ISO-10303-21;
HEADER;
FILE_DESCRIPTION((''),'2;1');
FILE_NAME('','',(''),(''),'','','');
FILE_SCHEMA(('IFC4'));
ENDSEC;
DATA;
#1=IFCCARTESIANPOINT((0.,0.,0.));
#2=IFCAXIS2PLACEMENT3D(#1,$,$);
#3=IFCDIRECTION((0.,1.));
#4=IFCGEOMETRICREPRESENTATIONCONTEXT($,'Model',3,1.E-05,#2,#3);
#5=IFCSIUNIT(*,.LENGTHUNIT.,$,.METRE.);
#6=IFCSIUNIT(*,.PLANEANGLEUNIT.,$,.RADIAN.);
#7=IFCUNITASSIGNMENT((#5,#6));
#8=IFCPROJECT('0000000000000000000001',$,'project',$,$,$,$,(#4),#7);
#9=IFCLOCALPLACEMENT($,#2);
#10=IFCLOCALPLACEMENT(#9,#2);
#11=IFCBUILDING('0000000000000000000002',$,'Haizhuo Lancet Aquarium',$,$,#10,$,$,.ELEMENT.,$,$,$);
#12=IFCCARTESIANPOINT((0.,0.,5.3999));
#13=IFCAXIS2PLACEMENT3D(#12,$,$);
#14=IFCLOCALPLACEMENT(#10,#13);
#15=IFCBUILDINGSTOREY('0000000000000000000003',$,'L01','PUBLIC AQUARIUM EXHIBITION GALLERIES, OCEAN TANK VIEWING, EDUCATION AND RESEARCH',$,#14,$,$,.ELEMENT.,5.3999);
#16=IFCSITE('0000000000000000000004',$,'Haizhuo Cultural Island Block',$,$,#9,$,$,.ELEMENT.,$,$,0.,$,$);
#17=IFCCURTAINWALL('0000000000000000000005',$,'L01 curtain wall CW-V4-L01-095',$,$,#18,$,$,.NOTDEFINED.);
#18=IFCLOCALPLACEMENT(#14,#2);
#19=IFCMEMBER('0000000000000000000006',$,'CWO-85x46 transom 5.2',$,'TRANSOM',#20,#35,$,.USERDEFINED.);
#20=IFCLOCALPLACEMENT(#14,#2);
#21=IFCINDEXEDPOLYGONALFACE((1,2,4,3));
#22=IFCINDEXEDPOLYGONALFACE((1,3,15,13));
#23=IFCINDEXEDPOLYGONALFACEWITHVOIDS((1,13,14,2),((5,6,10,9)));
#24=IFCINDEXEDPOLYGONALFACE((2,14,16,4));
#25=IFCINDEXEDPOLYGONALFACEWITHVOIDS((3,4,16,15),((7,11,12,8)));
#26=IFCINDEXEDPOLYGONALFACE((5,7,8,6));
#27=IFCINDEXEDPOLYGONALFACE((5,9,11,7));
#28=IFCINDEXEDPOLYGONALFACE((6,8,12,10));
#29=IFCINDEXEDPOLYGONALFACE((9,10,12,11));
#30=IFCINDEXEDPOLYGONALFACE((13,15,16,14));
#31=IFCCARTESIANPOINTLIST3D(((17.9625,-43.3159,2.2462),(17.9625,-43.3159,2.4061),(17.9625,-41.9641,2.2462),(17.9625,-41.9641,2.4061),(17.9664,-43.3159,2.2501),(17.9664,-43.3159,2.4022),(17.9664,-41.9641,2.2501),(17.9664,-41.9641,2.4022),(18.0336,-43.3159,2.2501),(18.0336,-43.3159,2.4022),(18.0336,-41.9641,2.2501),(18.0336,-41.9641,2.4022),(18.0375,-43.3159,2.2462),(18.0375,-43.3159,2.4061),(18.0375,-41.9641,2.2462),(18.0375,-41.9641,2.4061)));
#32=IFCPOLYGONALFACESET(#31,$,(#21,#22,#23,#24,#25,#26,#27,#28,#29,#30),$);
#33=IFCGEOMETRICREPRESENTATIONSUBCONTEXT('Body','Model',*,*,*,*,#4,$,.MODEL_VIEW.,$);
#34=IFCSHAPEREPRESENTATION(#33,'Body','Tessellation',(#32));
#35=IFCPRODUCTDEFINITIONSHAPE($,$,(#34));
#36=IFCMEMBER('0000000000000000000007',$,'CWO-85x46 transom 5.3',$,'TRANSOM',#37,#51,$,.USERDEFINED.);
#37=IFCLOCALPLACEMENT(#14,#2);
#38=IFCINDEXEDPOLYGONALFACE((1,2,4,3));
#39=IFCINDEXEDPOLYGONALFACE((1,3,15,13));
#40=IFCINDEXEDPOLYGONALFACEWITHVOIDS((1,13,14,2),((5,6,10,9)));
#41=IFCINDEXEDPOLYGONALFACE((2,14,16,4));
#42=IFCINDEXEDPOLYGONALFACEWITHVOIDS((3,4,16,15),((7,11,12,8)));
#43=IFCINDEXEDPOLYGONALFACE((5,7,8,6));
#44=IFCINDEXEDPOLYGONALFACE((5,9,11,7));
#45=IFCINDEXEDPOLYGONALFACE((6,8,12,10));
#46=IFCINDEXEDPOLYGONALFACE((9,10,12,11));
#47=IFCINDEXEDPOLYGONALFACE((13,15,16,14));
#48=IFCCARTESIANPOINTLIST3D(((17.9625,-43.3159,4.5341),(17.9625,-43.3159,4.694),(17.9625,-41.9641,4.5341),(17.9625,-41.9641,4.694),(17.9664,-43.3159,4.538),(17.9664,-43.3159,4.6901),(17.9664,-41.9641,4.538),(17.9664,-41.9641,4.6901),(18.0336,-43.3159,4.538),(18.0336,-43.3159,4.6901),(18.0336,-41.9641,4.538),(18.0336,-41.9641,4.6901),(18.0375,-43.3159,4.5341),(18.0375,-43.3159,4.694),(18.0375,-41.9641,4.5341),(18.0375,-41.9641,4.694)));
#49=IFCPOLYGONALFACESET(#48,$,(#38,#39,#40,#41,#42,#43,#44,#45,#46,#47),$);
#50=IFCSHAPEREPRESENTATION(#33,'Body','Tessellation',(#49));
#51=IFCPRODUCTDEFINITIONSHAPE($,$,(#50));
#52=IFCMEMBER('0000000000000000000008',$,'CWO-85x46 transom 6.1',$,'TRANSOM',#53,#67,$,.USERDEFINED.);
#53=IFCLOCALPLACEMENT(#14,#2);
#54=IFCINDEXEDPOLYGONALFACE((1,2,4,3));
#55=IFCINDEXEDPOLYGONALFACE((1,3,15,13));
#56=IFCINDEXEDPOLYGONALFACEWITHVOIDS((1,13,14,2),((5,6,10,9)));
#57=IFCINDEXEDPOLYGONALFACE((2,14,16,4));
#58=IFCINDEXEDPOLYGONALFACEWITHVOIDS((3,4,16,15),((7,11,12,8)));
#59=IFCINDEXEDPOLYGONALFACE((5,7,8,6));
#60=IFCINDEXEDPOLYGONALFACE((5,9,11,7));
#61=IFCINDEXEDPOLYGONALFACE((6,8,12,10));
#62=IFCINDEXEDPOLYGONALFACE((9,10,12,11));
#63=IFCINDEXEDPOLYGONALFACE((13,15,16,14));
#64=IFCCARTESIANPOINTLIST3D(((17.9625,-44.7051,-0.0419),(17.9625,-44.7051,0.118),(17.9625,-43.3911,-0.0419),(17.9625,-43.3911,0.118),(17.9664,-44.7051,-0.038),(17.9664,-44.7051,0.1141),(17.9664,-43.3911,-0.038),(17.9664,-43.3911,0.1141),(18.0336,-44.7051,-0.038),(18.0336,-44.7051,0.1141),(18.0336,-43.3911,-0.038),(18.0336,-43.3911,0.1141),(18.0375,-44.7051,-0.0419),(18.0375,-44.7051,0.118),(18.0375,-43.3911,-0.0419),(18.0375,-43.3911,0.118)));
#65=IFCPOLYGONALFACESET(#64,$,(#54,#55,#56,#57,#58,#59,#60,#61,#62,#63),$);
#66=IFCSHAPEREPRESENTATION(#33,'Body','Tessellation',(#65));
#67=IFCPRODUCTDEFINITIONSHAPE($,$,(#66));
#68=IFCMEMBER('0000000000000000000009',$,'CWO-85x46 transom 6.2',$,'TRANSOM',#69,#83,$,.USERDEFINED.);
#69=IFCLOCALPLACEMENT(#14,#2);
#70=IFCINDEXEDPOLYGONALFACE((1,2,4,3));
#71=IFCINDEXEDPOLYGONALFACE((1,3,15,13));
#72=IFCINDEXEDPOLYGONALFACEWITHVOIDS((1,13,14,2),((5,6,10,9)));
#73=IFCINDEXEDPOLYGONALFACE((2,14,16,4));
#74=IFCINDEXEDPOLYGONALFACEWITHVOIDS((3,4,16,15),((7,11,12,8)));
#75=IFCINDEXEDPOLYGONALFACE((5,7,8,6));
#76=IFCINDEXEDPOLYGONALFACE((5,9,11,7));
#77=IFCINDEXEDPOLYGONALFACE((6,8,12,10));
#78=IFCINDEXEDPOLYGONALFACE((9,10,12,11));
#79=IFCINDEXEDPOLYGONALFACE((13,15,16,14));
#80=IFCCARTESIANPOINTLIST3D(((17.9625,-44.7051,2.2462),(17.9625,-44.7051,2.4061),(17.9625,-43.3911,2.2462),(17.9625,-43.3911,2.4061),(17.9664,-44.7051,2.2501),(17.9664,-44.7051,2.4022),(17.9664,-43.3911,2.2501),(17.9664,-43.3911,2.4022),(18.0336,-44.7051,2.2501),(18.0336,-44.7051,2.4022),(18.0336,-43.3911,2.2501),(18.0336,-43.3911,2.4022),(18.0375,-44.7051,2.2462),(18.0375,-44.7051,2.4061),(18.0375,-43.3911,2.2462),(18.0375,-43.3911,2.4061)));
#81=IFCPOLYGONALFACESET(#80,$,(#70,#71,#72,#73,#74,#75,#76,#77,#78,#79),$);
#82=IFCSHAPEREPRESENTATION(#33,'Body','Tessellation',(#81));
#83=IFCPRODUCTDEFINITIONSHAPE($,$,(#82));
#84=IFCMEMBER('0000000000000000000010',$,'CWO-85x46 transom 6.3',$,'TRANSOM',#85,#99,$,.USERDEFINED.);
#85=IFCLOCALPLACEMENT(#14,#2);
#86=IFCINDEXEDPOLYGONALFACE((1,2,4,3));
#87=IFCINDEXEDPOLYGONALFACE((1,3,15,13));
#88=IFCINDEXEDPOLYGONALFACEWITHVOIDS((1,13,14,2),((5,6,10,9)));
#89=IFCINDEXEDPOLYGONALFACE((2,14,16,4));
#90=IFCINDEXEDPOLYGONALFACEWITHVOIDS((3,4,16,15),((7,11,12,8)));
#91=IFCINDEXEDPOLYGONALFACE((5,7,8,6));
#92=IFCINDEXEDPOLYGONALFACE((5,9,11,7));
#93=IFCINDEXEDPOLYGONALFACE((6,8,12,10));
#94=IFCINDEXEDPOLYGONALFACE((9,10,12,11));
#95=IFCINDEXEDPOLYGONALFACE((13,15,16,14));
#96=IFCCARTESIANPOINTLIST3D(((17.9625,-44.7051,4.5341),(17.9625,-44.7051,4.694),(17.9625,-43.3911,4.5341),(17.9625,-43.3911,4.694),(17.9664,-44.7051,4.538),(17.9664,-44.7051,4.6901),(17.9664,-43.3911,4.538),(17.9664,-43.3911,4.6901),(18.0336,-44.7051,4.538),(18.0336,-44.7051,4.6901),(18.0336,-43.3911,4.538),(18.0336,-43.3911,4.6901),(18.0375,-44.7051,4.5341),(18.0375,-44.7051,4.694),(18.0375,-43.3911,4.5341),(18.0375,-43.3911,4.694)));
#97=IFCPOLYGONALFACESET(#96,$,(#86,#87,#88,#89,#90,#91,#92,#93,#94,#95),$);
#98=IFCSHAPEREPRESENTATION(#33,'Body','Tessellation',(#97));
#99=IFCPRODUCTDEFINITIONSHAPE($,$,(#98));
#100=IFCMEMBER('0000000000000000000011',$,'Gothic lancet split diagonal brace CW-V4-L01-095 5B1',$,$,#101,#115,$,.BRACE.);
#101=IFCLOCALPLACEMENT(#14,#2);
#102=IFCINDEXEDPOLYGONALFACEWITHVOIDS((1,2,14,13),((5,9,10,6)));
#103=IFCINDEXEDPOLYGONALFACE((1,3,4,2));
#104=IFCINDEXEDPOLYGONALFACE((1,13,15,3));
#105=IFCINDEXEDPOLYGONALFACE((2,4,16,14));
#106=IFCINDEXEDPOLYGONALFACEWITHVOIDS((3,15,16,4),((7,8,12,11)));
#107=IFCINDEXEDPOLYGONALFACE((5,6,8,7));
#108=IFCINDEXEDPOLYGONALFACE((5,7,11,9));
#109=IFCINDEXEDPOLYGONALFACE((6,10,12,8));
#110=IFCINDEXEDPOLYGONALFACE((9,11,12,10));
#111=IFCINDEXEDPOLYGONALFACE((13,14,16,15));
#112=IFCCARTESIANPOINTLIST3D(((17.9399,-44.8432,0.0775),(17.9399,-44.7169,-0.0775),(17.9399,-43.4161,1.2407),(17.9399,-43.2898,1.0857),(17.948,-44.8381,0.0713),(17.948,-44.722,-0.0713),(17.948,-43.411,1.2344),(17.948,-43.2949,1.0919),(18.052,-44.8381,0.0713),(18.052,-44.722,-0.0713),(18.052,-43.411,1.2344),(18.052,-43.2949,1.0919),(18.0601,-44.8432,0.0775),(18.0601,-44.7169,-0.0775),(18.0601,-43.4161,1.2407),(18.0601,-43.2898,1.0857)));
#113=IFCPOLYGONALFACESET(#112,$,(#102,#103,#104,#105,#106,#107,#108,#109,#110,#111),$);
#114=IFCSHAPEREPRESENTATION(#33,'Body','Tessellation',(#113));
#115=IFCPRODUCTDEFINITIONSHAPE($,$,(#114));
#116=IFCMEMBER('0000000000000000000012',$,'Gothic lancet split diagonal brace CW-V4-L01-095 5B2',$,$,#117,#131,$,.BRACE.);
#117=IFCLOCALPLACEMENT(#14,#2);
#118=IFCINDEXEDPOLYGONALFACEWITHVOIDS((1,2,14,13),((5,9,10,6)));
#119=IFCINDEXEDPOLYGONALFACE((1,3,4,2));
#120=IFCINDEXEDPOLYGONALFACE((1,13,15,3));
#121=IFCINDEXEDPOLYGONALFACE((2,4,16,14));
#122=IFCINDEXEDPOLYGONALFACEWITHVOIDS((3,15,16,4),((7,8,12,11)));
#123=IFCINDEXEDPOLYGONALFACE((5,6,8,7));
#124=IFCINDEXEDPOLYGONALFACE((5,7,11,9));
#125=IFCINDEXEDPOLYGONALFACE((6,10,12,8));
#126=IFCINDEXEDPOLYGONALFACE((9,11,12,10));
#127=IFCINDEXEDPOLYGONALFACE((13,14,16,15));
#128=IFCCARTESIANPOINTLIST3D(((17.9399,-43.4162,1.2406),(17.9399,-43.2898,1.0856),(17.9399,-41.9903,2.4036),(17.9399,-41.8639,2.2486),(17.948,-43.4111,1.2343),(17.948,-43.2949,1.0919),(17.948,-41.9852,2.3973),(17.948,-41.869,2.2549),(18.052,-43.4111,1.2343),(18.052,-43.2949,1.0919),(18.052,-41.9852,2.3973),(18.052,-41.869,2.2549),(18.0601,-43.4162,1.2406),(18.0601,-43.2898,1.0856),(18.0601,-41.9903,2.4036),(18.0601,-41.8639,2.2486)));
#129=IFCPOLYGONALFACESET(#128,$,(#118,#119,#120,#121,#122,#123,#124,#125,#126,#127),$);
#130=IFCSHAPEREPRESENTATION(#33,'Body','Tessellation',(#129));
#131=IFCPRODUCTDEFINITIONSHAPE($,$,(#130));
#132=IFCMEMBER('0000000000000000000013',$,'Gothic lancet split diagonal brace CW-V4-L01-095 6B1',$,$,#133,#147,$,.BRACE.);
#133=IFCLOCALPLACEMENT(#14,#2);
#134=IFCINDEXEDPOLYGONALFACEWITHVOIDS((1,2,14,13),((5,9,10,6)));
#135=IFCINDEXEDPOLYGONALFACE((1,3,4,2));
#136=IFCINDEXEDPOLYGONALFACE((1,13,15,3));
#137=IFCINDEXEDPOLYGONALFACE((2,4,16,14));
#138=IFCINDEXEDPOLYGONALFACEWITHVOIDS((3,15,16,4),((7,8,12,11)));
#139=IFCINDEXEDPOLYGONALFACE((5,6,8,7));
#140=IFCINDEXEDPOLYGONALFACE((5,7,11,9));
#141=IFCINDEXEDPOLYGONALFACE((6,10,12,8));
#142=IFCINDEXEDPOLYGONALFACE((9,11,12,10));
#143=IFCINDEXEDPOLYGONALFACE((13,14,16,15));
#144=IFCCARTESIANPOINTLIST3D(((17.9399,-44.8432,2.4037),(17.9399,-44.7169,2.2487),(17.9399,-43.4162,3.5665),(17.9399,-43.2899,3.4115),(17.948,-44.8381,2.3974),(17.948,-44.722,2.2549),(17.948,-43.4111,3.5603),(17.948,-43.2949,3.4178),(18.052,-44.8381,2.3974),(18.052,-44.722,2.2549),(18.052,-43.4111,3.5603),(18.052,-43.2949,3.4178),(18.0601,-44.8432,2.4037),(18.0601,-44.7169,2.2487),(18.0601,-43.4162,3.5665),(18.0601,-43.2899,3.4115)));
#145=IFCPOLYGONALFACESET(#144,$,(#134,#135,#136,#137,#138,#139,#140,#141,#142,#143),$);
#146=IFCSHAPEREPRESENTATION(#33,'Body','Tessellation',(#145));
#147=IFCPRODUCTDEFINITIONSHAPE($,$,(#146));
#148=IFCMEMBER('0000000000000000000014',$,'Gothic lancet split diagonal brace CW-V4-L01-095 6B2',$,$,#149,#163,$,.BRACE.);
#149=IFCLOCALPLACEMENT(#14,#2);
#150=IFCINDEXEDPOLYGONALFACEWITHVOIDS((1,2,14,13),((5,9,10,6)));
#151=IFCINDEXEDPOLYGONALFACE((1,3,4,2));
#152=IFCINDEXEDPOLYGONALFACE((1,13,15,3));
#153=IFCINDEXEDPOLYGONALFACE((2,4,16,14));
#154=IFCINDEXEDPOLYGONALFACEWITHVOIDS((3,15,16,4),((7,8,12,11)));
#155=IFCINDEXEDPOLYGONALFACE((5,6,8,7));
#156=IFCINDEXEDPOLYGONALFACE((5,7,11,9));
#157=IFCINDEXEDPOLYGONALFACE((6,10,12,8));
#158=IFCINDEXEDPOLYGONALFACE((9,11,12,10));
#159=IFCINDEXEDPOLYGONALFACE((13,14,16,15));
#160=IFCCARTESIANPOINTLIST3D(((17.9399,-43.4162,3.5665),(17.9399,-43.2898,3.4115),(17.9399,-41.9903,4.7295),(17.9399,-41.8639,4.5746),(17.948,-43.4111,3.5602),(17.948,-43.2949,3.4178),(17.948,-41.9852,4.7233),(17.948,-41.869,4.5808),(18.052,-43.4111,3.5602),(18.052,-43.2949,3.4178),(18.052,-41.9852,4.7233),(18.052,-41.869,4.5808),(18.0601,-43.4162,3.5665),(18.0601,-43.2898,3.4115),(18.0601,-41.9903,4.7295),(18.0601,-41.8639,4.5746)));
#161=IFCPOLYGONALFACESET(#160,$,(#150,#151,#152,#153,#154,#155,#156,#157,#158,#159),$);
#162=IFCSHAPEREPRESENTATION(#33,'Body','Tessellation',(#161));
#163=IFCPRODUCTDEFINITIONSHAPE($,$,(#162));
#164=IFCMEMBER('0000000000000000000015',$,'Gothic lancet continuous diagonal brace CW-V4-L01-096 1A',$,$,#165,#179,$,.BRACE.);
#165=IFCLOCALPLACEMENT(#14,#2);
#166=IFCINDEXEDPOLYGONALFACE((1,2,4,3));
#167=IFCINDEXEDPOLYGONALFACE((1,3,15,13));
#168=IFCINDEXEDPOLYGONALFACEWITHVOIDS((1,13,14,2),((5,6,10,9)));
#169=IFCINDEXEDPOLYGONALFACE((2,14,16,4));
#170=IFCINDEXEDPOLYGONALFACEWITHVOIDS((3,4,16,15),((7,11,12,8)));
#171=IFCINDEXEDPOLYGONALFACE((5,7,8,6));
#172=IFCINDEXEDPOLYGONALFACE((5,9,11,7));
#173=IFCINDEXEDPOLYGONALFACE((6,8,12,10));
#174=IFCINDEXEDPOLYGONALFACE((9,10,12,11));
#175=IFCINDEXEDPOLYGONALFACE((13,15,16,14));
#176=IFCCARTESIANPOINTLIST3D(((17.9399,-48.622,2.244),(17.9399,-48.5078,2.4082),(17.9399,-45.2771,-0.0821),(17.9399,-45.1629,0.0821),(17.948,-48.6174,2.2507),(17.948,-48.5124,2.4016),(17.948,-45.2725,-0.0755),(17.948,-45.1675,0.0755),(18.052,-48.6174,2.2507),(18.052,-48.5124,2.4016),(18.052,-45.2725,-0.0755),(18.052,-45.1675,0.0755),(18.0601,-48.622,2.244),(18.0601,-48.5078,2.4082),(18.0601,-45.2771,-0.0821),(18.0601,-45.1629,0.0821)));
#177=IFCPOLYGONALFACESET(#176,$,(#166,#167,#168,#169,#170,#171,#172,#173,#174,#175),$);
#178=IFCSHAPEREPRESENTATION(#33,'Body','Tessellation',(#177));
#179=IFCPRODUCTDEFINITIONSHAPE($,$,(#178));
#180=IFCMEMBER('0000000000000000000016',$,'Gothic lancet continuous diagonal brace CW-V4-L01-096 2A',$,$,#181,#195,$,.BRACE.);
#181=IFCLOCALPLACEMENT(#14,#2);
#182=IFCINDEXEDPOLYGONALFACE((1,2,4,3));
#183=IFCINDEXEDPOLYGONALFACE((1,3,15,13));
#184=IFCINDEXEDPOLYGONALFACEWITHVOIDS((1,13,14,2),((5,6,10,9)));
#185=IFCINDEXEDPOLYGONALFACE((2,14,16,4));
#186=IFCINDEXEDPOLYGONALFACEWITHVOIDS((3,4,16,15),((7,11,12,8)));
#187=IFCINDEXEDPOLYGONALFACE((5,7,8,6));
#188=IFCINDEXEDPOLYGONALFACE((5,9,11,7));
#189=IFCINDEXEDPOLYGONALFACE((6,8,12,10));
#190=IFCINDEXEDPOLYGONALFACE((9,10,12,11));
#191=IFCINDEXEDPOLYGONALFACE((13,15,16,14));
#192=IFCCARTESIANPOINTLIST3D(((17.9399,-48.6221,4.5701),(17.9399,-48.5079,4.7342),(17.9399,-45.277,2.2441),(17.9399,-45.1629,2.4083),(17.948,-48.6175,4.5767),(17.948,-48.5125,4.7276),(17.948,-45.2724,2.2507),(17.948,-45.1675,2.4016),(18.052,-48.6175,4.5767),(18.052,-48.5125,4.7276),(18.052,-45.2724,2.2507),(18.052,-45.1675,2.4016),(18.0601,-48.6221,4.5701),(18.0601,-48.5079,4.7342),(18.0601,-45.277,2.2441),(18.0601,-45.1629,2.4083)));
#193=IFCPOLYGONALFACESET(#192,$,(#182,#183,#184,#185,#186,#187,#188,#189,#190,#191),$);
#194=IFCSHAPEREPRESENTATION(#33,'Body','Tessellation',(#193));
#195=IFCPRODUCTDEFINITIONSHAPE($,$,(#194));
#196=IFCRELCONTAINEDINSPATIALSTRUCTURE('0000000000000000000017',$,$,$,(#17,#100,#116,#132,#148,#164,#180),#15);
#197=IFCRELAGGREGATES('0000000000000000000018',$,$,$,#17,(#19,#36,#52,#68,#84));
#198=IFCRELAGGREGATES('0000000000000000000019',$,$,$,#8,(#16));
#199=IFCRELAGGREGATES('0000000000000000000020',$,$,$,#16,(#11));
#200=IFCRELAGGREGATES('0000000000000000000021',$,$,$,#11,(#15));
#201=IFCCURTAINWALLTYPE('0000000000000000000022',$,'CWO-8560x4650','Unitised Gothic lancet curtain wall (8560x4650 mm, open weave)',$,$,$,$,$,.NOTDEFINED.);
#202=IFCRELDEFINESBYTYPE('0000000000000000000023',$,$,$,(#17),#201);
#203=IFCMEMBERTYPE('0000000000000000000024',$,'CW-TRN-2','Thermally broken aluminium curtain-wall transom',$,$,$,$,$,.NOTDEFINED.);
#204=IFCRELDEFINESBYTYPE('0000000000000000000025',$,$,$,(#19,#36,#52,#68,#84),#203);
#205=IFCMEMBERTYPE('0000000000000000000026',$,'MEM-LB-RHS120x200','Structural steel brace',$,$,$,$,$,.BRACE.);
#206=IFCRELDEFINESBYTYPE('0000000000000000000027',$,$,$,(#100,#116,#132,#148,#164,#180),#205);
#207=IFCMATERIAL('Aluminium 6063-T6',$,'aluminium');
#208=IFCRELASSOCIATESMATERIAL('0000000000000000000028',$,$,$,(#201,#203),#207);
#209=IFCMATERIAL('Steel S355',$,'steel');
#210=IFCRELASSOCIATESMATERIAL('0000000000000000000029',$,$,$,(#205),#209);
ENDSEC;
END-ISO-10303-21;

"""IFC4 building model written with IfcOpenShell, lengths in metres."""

from ifc_helpers import new_model, si_unit, direction, frame, origin, origin_2d, place, context, subcontext, project, spatial, hollow_rectangle, extrude, material, material_profile, profile_set, type_object, element, aggregate, save


model = new_model("IFC4")

# Units and contexts
model_context = context("Model", 3, precision=1e-05, world=origin(), true_north=direction((0.0, 1.0)))
body_context = subcontext(model_context, "Body", "Model", "MODEL_VIEW")
ifc_project = project(units=[si_unit("LENGTHUNIT", "METRE"), si_unit("PLANEANGLEUNIT", "RADIAN")], contexts=[model_context])

# Site, building, storey
site_placement = place(None, origin())
site = spatial("IfcSite", under=ifc_project, at=site_placement, Name="Haizhuo Cultural Island Block", CompositionType="ELEMENT", RefElevation=0.0)
building_placement = place(site_placement, origin())
building = spatial("IfcBuilding", under=site, at=building_placement, Name="Haizhuo Lancet Aquarium", CompositionType="ELEMENT")
storey_placement = place(building_placement, frame((0.0, 0.0, 5.3999)))
storey = spatial("IfcBuildingStorey", under=building, at=storey_placement, Name="L01", Description="PUBLIC AQUARIUM EXHIBITION GALLERIES, OCEAN TANK VIEWING, EDUCATION AND RESEARCH", CompositionType="ELEMENT", Elevation=5.3999)

# Shared definitions
ifc_material_1 = material(Name="Steel S355", Category="steel")

# Curtain wall
ifc_material_2 = material(Name="Aluminium 6063-T6", Category="aluminium")
curtain_wall_type_1 = type_object("IfcCurtainWallType", Name="CWO-8560x4650", Description="Unitised Gothic lancet curtain wall (8560x4650 mm, open weave)", PredefinedType="NOTDEFINED", material=ifc_material_2)
curtain_wall_1_placement = place(storey_placement, origin())
curtain_wall_1 = element("IfcCurtainWall", 1, at=curtain_wall_1_placement, inside=storey, type_object=curtain_wall_type_1, Name="L01 curtain wall CW-V4-L01-095", PredefinedType="NOTDEFINED")

# Members
ifc_material_profile_1 = material_profile(ifc_material_2, hollow_rectangle(XDim=0.075, YDim=0.1599, WallThickness=0.0039, at=origin_2d()), Name="ALU-T 75x160x4")
ifc_profile_set_1 = profile_set([ifc_material_profile_1], Name="Aluminium 6063-T6")
member_type_1 = type_object("IfcMemberType", Name="CW-TRN-2", Description="Thermally broken aluminium curtain-wall transom", PredefinedType="NOTDEFINED", material=ifc_profile_set_1)
member_1_placement = place(storey_placement, frame((18.0, -41.9641, 2.3262), z_axis=(0.0, -1.0, 0.0), x_axis=(1.0, 0.0, 0.0)))
member_1 = element("IfcMember", 2, at=member_1_placement, type_object=member_type_1, Name="CWO-85x46 transom 5.2", ObjectType="TRANSOM", PredefinedType="USERDEFINED", context=body_context, shape_type="SweptSolid", body=[
    extrude(hollow_rectangle(XDim=0.075, YDim=0.1599, WallThickness=0.0039, at=origin_2d()), origin(), (0.0, 0.0, 1.0), 1.3518),
])
member_2_placement = place(storey_placement, frame((18.0, -41.9641, 4.614), z_axis=(0.0, -1.0, 0.0), x_axis=(1.0, 0.0, 0.0)))
member_2 = element("IfcMember", 3, at=member_2_placement, type_object=member_type_1, Name="CWO-85x46 transom 5.3", ObjectType="TRANSOM", PredefinedType="USERDEFINED", context=body_context, shape_type="SweptSolid", body=[
    extrude(hollow_rectangle(XDim=0.075, YDim=0.1599, WallThickness=0.0039, at=origin_2d()), origin(), (0.0, 0.0, 1.0), 1.3518),
])
member_3_placement = place(storey_placement, frame((18.0, -43.3911, 0.0381), z_axis=(0.0, -1.0, 0.0), x_axis=(1.0, 0.0, 0.0)))
member_3 = element("IfcMember", 4, at=member_3_placement, type_object=member_type_1, Name="CWO-85x46 transom 6.1", ObjectType="TRANSOM", PredefinedType="USERDEFINED", context=body_context, shape_type="SweptSolid", body=[
    extrude(hollow_rectangle(XDim=0.075, YDim=0.1599, WallThickness=0.0039, at=origin_2d()), origin(), (0.0, 0.0, 1.0), 1.314),
])
member_4_placement = place(storey_placement, frame((18.0, -43.3911, 2.3262), z_axis=(0.0, -1.0, 0.0), x_axis=(1.0, 0.0, 0.0)))
member_4 = element("IfcMember", 5, at=member_4_placement, type_object=member_type_1, Name="CWO-85x46 transom 6.2", ObjectType="TRANSOM", PredefinedType="USERDEFINED", context=body_context, shape_type="SweptSolid", body=[
    extrude(hollow_rectangle(XDim=0.075, YDim=0.1599, WallThickness=0.0039, at=origin_2d()), origin(), (0.0, 0.0, 1.0), 1.314),
])
member_5_placement = place(storey_placement, frame((18.0, -43.3911, 4.614), z_axis=(0.0, -1.0, 0.0), x_axis=(1.0, 0.0, 0.0)))
member_5 = element("IfcMember", 6, at=member_5_placement, type_object=member_type_1, Name="CWO-85x46 transom 6.3", ObjectType="TRANSOM", PredefinedType="USERDEFINED", context=body_context, shape_type="SweptSolid", body=[
    extrude(hollow_rectangle(XDim=0.075, YDim=0.1599, WallThickness=0.0039, at=origin_2d()), origin(), (0.0, 0.0, 1.0), 1.314),
])

# Members
ifc_material_profile_2 = material_profile(ifc_material_1, hollow_rectangle(XDim=0.1201, YDim=0.2, WallThickness=0.0081, at=origin_2d()), Name="RHS 120x200x8")
ifc_profile_set_2 = profile_set([ifc_material_profile_2], Name="Steel S355")
member_type_2 = type_object("IfcMemberType", Name="MEM-LB-RHS120x200", Description="Structural steel brace", PredefinedType="BRACE", material=ifc_profile_set_2)
member_6_placement = place(storey_placement, frame((18.0, -44.78, 0.0), z_axis=(0.0, 0.775144, 0.631785), x_axis=(-1.0, 0.0, 0.0)))
element("IfcMember", 7, at=member_6_placement, inside=storey, type_object=member_type_2, Name="Gothic lancet split diagonal brace CW-V4-L01-095 5B1", PredefinedType="BRACE", context=body_context, shape_type="SweptSolid", body=[
    extrude(hollow_rectangle(XDim=0.1201, YDim=0.2, WallThickness=0.0081, at=origin_2d()), origin(), (0.0, 0.0, 1.0), 1.8411),
])
member_7_placement = place(storey_placement, frame((18.0, -43.353, 1.1631), z_axis=(0.0, 0.774932, 0.632045), x_axis=(-1.0, 0.0, 0.0)))
element("IfcMember", 8, at=member_7_placement, inside=storey, type_object=member_type_2, Name="Gothic lancet split diagonal brace CW-V4-L01-095 5B2", PredefinedType="BRACE", context=body_context, shape_type="SweptSolid", body=[
    extrude(hollow_rectangle(XDim=0.1201, YDim=0.2, WallThickness=0.0081, at=origin_2d()), origin(), (0.0, 0.0, 1.0), 1.8401),
])
member_8_placement = place(storey_placement, frame((18.0, -44.78, 2.3262), z_axis=(0.0, 0.775209, 0.631705), x_axis=(-1.0, 0.0, 0.0)))
element("IfcMember", 9, at=member_8_placement, inside=storey, type_object=member_type_2, Name="Gothic lancet split diagonal brace CW-V4-L01-095 6B1", PredefinedType="BRACE", context=body_context, shape_type="SweptSolid", body=[
    extrude(hollow_rectangle(XDim=0.1201, YDim=0.2, WallThickness=0.0081, at=origin_2d()), origin(), (0.0, 0.0, 1.0), 1.8408),
])
member_9_placement = place(storey_placement, frame((18.0, -43.353, 3.489), z_axis=(0.0, 0.774932, 0.632045), x_axis=(-1.0, 0.0, 0.0)))
element("IfcMember", 10, at=member_9_placement, inside=storey, type_object=member_type_2, Name="Gothic lancet split diagonal brace CW-V4-L01-095 6B2", PredefinedType="BRACE", context=body_context, shape_type="SweptSolid", body=[
    extrude(hollow_rectangle(XDim=0.1201, YDim=0.2, WallThickness=0.0081, at=origin_2d()), origin(), (0.0, 0.0, 1.0), 1.8401),
])
for number, where, z_axis, x_axis, name in (
    (11, (18.0, -45.22, 0.0), (0.0, -0.820993, 0.570938), (1.0, 0.0, 0.0), "Gothic lancet continuous diagonal brace CW-V4-L01-096 1A"),
    (12, (18.0, -45.22, 2.3262), (0.0, -0.821021, 0.570898), (1.0, 0.0, 0.0), "Gothic lancet continuous diagonal brace CW-V4-L01-096 2A"),
):
    element("IfcMember", number, at=place(storey_placement, frame(where, z_axis=z_axis, x_axis=x_axis)), inside=storey, type_object=member_type_2, Name=name, PredefinedType="BRACE", context=body_context, shape_type="SweptSolid", body=[
        extrude(hollow_rectangle(XDim=0.1201, YDim=0.2, WallThickness=0.0081, at=origin_2d()), origin(), (0.0, 0.0, 1.0), 4.0742),
    ])

aggregate(curtain_wall_1, [member_1, member_2, member_3, member_4, member_5])

save(model, "model.ifc")
